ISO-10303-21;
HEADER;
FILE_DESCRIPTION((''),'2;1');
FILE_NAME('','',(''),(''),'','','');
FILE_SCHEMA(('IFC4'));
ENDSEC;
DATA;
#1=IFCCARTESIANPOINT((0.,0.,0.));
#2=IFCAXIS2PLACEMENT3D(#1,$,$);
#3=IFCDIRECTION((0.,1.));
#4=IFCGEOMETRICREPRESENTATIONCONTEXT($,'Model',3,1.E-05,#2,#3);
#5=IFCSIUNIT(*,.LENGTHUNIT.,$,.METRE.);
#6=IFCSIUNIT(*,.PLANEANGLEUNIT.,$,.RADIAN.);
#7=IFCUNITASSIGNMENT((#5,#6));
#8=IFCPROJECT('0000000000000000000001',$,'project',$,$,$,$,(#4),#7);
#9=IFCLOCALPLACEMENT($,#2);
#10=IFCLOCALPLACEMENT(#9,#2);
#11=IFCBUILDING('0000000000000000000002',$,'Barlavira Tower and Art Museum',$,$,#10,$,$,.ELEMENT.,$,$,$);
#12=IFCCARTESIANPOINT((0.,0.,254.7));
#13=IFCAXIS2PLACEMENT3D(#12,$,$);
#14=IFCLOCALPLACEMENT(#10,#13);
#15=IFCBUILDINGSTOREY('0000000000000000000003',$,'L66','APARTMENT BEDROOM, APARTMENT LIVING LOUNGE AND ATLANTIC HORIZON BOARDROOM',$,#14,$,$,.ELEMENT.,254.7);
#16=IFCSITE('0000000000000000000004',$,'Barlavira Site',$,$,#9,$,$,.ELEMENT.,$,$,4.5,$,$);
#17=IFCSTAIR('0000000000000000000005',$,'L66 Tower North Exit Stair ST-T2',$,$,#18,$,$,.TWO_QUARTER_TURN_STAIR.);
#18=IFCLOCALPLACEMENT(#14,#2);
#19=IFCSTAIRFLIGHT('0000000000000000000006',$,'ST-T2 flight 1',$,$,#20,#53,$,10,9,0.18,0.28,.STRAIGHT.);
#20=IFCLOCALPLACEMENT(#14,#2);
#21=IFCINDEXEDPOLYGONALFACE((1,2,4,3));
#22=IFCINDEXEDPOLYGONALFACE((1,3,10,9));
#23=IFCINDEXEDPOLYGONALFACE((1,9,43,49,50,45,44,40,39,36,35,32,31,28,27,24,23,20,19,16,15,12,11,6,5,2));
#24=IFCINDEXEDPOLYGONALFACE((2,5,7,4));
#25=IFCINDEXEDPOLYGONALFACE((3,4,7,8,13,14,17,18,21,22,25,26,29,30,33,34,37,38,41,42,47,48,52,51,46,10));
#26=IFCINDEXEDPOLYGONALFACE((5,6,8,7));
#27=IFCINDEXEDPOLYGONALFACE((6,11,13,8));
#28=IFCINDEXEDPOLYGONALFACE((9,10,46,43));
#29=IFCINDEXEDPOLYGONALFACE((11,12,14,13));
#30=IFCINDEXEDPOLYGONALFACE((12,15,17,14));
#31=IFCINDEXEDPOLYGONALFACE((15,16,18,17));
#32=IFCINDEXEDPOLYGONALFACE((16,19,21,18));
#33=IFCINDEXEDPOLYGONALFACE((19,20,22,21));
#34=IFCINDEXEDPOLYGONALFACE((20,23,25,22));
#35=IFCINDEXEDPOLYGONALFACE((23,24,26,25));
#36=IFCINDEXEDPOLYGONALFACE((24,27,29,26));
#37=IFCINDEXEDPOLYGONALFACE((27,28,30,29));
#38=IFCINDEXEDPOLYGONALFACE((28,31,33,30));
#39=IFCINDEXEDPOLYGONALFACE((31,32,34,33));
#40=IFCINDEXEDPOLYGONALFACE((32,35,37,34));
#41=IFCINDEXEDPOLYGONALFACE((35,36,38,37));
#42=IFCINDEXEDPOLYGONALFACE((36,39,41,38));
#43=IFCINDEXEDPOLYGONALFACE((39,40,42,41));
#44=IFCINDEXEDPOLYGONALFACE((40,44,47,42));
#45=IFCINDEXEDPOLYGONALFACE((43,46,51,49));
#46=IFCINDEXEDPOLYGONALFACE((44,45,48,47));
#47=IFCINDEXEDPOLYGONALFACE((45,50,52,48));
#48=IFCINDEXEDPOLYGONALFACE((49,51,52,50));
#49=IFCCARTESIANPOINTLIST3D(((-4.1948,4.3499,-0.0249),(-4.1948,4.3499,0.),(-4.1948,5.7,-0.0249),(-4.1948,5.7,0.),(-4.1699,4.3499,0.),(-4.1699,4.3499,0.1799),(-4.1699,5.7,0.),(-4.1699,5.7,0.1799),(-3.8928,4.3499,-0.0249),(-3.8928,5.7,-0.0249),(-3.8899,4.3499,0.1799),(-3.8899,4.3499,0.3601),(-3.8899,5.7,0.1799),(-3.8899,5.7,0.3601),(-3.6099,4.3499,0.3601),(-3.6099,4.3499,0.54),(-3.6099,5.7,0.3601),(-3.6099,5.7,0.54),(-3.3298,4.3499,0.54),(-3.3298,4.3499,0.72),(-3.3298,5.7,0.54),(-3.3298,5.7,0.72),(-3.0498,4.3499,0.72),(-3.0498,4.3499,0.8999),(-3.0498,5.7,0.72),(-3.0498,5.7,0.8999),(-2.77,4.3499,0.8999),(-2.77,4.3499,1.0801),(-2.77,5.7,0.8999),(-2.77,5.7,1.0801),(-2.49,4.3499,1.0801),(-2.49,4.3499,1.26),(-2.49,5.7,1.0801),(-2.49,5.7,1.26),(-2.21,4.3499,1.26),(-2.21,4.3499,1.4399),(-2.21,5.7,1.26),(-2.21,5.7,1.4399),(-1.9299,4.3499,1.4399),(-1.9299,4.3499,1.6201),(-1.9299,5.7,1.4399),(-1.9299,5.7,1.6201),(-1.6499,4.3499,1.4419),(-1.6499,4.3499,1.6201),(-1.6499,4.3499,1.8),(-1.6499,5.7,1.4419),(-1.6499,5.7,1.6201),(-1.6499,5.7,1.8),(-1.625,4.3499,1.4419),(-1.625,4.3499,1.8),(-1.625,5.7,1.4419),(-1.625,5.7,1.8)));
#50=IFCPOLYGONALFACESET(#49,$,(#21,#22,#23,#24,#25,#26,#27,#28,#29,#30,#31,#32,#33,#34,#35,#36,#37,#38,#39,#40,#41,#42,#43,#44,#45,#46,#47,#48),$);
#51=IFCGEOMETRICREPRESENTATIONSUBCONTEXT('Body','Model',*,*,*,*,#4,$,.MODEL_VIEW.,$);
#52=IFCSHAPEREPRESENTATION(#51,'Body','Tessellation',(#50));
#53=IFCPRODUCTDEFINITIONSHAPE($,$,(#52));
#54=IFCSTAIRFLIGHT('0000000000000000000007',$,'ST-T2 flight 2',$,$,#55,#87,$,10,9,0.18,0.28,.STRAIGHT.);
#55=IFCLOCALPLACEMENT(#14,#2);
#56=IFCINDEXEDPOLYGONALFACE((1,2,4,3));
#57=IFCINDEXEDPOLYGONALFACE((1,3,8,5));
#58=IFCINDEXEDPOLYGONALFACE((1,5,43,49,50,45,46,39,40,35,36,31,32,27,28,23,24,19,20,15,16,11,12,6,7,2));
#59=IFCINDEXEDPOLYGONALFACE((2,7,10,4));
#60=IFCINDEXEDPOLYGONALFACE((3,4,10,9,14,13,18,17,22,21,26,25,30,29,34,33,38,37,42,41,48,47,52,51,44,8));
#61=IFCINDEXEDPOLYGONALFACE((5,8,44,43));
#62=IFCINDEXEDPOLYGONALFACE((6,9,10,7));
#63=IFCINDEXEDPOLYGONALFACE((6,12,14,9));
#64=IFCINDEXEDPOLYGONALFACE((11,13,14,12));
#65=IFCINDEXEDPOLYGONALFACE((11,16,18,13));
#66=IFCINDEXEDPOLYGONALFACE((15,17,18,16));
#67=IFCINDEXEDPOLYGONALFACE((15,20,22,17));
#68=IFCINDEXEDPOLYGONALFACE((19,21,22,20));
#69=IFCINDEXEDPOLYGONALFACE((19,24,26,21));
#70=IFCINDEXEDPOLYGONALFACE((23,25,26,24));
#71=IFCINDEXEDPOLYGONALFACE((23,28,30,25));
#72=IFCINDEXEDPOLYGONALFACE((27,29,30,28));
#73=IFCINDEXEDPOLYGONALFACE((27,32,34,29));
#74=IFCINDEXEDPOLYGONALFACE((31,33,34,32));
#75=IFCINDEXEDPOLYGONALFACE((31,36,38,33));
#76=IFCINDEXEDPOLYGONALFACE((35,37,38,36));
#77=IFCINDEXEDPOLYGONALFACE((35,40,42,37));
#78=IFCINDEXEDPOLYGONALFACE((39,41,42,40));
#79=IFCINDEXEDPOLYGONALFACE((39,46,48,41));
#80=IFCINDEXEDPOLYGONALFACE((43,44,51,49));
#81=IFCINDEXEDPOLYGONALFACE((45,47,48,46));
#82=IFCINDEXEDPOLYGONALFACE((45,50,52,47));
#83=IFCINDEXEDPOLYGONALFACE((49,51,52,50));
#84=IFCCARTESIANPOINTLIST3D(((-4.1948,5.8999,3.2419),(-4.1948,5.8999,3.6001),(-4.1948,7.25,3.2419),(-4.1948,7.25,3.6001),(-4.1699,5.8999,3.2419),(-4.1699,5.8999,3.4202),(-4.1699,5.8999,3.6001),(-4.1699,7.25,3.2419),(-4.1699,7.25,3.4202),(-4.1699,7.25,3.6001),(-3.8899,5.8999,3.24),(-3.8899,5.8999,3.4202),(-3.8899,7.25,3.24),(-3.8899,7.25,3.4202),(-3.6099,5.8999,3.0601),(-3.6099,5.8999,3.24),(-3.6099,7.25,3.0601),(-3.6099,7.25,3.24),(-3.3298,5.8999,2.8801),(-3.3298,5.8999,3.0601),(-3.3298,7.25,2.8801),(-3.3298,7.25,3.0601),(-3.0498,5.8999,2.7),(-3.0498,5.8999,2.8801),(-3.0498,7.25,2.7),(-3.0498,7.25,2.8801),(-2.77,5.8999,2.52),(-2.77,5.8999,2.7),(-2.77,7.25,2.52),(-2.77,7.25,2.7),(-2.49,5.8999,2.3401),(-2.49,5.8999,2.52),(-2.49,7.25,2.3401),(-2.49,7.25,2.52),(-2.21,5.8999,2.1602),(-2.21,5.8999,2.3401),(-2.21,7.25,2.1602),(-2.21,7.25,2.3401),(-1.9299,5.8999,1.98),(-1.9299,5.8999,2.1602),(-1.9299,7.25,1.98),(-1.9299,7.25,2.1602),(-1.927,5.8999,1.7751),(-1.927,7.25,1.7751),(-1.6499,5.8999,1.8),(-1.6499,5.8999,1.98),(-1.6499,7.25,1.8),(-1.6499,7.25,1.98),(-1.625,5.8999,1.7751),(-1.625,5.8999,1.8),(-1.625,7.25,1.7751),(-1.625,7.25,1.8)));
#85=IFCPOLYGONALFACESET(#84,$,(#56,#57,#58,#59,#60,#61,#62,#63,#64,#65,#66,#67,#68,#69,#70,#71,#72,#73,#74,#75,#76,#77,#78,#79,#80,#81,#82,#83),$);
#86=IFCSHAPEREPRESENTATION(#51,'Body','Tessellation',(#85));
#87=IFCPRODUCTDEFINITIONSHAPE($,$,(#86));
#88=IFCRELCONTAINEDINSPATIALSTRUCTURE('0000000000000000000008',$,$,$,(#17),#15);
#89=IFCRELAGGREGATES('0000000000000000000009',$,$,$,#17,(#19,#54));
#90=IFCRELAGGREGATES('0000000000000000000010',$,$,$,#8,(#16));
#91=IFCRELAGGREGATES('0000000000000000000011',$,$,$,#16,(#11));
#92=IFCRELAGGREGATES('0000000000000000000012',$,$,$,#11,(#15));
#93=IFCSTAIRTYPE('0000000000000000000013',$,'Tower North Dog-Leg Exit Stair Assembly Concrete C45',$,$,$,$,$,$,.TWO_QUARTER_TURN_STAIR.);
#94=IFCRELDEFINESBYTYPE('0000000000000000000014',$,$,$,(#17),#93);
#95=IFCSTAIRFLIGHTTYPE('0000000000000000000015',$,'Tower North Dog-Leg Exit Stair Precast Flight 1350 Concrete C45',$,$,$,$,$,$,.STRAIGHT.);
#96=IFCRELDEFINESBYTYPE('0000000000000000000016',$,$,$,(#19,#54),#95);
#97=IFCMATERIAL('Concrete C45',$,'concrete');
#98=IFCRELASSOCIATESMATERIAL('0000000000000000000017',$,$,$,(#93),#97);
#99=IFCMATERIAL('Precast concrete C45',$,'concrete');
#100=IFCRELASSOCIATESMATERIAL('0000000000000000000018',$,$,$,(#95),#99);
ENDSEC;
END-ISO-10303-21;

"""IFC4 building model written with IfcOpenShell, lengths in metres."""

from ifc_helpers import new_model, si_unit, direction, frame, origin, place, context, subcontext, project, spatial, polyline, outline, extrude, material, type_object, element, aggregate, save


model = new_model("IFC4")

# Units and contexts
model_context = context("Model", 3, precision=1e-05, world=origin(), true_north=direction((0.0, 1.0)))
body_context = subcontext(model_context, "Body", "Model", "MODEL_VIEW")
ifc_project = project(units=[si_unit("LENGTHUNIT", "METRE"), si_unit("PLANEANGLEUNIT", "RADIAN")], contexts=[model_context])

# Site, building, storey
site_placement = place(None, origin())
site = spatial("IfcSite", under=ifc_project, at=site_placement, Name="Barlavira Site", CompositionType="ELEMENT", RefElevation=4.5)
building_placement = place(site_placement, origin())
building = spatial("IfcBuilding", under=site, at=building_placement, Name="Barlavira Tower and Art Museum", CompositionType="ELEMENT")
storey_placement = place(building_placement, frame((0.0, 0.0, 254.7)))
storey = spatial("IfcBuildingStorey", under=building, at=storey_placement, Name="L66", Description="APARTMENT BEDROOM, APARTMENT LIVING LOUNGE AND ATLANTIC HORIZON BOARDROOM", CompositionType="ELEMENT", Elevation=254.7)

# Stair, stair flights
ifc_material_1 = material(Name="Concrete C45", Category="concrete")
stair_type = type_object("IfcStairType", Name="Tower North Dog-Leg Exit Stair Assembly Concrete C45", PredefinedType="TWO_QUARTER_TURN_STAIR", material=ifc_material_1)
stair_placement = place(storey_placement, origin())
stair = element("IfcStair", 1, at=stair_placement, inside=storey, type_object=stair_type, Name="L66 Tower North Exit Stair ST-T2", PredefinedType="TWO_QUARTER_TURN_STAIR")
ifc_material_2 = material(Name="Precast concrete C45", Category="concrete")
stair_flight_type = type_object("IfcStairFlightType", Name="Tower North Dog-Leg Exit Stair Precast Flight 1350 Concrete C45", PredefinedType="STRAIGHT", material=ifc_material_2)
stair_flight_1_placement = place(storey_placement, frame((-4.1699, 5.0249, 0.0), z_axis=(0.0, 0.0, 1.0), x_axis=(1.0, 0.0, 0.0)))
stair_flight_1 = element("IfcStairFlight", 2, at=stair_flight_1_placement, type_object=stair_flight_type, Name="ST-T2 flight 1", NumberOfRisers=10, NumberOfTreads=9, PredefinedType="STRAIGHT", RiserHeight=0.18, TreadLength=0.28, context=body_context, shape_type="SweptSolid", body=[
    extrude(outline(polyline([(-0.0249, 0.0), (0.0, 0.0), (0.0, 0.1799), (0.28, 0.1799), (0.28, 0.3601), (0.5601, 0.3601), (0.5601, 0.54), (0.8401, 0.54), (0.8401, 0.72), (1.1201, 0.72), (1.1201, 0.8999), (1.3999, 0.8999), (1.3999, 1.0801), (1.6799, 1.0801), (1.6799, 1.26), (1.96, 1.26), (1.96, 1.4399), (2.24, 1.4399), (2.24, 1.6201), (2.52, 1.6201), (2.52, 1.8), (2.5449, 1.8), (2.5449, 1.4419), (2.52, 1.4419), (0.2771, -0.0249), (-0.0249, -0.0249), (-0.0249, 0.0)])), frame((0.0, 0.675, 0.0), z_axis=(0.0, -1.0, 0.0), x_axis=(1.0, 0.0, 0.0)), (0.0, 0.0, 1.0), 1.3501),
])
stair_flight_2_placement = place(storey_placement, frame((-1.6499, 6.575, 1.8), z_axis=(0.0, 0.0, 1.0), x_axis=(-1.0, 0.0, 0.0)))
stair_flight_2 = element("IfcStairFlight", 3, at=stair_flight_2_placement, type_object=stair_flight_type, Name="ST-T2 flight 2", NumberOfRisers=10, NumberOfTreads=9, PredefinedType="STRAIGHT", RiserHeight=0.18, TreadLength=0.28, context=body_context, shape_type="SweptSolid", body=[
    extrude(outline(polyline([(-0.0249, 0.0), (0.0, 0.0), (0.0, 0.1799), (0.28, 0.1799), (0.28, 0.3601), (0.5601, 0.3601), (0.5601, 0.54), (0.8401, 0.54), (0.8401, 0.72), (1.1201, 0.72), (1.1201, 0.8999), (1.3999, 0.8999), (1.3999, 1.0801), (1.6799, 1.0801), (1.6799, 1.26), (1.96, 1.26), (1.96, 1.4399), (2.24, 1.4399), (2.24, 1.6201), (2.52, 1.6201), (2.52, 1.8), (2.5449, 1.8), (2.5449, 1.4419), (2.52, 1.4419), (0.2771, -0.0249), (-0.0249, -0.0249), (-0.0249, 0.0)])), frame((0.0, 0.675, 0.0), z_axis=(0.0, -1.0, 0.0), x_axis=(1.0, 0.0, 0.0)), (0.0, 0.0, 1.0), 1.3501),
])
aggregate(stair, [stair_flight_1, stair_flight_2])

save(model, "model.ifc")
